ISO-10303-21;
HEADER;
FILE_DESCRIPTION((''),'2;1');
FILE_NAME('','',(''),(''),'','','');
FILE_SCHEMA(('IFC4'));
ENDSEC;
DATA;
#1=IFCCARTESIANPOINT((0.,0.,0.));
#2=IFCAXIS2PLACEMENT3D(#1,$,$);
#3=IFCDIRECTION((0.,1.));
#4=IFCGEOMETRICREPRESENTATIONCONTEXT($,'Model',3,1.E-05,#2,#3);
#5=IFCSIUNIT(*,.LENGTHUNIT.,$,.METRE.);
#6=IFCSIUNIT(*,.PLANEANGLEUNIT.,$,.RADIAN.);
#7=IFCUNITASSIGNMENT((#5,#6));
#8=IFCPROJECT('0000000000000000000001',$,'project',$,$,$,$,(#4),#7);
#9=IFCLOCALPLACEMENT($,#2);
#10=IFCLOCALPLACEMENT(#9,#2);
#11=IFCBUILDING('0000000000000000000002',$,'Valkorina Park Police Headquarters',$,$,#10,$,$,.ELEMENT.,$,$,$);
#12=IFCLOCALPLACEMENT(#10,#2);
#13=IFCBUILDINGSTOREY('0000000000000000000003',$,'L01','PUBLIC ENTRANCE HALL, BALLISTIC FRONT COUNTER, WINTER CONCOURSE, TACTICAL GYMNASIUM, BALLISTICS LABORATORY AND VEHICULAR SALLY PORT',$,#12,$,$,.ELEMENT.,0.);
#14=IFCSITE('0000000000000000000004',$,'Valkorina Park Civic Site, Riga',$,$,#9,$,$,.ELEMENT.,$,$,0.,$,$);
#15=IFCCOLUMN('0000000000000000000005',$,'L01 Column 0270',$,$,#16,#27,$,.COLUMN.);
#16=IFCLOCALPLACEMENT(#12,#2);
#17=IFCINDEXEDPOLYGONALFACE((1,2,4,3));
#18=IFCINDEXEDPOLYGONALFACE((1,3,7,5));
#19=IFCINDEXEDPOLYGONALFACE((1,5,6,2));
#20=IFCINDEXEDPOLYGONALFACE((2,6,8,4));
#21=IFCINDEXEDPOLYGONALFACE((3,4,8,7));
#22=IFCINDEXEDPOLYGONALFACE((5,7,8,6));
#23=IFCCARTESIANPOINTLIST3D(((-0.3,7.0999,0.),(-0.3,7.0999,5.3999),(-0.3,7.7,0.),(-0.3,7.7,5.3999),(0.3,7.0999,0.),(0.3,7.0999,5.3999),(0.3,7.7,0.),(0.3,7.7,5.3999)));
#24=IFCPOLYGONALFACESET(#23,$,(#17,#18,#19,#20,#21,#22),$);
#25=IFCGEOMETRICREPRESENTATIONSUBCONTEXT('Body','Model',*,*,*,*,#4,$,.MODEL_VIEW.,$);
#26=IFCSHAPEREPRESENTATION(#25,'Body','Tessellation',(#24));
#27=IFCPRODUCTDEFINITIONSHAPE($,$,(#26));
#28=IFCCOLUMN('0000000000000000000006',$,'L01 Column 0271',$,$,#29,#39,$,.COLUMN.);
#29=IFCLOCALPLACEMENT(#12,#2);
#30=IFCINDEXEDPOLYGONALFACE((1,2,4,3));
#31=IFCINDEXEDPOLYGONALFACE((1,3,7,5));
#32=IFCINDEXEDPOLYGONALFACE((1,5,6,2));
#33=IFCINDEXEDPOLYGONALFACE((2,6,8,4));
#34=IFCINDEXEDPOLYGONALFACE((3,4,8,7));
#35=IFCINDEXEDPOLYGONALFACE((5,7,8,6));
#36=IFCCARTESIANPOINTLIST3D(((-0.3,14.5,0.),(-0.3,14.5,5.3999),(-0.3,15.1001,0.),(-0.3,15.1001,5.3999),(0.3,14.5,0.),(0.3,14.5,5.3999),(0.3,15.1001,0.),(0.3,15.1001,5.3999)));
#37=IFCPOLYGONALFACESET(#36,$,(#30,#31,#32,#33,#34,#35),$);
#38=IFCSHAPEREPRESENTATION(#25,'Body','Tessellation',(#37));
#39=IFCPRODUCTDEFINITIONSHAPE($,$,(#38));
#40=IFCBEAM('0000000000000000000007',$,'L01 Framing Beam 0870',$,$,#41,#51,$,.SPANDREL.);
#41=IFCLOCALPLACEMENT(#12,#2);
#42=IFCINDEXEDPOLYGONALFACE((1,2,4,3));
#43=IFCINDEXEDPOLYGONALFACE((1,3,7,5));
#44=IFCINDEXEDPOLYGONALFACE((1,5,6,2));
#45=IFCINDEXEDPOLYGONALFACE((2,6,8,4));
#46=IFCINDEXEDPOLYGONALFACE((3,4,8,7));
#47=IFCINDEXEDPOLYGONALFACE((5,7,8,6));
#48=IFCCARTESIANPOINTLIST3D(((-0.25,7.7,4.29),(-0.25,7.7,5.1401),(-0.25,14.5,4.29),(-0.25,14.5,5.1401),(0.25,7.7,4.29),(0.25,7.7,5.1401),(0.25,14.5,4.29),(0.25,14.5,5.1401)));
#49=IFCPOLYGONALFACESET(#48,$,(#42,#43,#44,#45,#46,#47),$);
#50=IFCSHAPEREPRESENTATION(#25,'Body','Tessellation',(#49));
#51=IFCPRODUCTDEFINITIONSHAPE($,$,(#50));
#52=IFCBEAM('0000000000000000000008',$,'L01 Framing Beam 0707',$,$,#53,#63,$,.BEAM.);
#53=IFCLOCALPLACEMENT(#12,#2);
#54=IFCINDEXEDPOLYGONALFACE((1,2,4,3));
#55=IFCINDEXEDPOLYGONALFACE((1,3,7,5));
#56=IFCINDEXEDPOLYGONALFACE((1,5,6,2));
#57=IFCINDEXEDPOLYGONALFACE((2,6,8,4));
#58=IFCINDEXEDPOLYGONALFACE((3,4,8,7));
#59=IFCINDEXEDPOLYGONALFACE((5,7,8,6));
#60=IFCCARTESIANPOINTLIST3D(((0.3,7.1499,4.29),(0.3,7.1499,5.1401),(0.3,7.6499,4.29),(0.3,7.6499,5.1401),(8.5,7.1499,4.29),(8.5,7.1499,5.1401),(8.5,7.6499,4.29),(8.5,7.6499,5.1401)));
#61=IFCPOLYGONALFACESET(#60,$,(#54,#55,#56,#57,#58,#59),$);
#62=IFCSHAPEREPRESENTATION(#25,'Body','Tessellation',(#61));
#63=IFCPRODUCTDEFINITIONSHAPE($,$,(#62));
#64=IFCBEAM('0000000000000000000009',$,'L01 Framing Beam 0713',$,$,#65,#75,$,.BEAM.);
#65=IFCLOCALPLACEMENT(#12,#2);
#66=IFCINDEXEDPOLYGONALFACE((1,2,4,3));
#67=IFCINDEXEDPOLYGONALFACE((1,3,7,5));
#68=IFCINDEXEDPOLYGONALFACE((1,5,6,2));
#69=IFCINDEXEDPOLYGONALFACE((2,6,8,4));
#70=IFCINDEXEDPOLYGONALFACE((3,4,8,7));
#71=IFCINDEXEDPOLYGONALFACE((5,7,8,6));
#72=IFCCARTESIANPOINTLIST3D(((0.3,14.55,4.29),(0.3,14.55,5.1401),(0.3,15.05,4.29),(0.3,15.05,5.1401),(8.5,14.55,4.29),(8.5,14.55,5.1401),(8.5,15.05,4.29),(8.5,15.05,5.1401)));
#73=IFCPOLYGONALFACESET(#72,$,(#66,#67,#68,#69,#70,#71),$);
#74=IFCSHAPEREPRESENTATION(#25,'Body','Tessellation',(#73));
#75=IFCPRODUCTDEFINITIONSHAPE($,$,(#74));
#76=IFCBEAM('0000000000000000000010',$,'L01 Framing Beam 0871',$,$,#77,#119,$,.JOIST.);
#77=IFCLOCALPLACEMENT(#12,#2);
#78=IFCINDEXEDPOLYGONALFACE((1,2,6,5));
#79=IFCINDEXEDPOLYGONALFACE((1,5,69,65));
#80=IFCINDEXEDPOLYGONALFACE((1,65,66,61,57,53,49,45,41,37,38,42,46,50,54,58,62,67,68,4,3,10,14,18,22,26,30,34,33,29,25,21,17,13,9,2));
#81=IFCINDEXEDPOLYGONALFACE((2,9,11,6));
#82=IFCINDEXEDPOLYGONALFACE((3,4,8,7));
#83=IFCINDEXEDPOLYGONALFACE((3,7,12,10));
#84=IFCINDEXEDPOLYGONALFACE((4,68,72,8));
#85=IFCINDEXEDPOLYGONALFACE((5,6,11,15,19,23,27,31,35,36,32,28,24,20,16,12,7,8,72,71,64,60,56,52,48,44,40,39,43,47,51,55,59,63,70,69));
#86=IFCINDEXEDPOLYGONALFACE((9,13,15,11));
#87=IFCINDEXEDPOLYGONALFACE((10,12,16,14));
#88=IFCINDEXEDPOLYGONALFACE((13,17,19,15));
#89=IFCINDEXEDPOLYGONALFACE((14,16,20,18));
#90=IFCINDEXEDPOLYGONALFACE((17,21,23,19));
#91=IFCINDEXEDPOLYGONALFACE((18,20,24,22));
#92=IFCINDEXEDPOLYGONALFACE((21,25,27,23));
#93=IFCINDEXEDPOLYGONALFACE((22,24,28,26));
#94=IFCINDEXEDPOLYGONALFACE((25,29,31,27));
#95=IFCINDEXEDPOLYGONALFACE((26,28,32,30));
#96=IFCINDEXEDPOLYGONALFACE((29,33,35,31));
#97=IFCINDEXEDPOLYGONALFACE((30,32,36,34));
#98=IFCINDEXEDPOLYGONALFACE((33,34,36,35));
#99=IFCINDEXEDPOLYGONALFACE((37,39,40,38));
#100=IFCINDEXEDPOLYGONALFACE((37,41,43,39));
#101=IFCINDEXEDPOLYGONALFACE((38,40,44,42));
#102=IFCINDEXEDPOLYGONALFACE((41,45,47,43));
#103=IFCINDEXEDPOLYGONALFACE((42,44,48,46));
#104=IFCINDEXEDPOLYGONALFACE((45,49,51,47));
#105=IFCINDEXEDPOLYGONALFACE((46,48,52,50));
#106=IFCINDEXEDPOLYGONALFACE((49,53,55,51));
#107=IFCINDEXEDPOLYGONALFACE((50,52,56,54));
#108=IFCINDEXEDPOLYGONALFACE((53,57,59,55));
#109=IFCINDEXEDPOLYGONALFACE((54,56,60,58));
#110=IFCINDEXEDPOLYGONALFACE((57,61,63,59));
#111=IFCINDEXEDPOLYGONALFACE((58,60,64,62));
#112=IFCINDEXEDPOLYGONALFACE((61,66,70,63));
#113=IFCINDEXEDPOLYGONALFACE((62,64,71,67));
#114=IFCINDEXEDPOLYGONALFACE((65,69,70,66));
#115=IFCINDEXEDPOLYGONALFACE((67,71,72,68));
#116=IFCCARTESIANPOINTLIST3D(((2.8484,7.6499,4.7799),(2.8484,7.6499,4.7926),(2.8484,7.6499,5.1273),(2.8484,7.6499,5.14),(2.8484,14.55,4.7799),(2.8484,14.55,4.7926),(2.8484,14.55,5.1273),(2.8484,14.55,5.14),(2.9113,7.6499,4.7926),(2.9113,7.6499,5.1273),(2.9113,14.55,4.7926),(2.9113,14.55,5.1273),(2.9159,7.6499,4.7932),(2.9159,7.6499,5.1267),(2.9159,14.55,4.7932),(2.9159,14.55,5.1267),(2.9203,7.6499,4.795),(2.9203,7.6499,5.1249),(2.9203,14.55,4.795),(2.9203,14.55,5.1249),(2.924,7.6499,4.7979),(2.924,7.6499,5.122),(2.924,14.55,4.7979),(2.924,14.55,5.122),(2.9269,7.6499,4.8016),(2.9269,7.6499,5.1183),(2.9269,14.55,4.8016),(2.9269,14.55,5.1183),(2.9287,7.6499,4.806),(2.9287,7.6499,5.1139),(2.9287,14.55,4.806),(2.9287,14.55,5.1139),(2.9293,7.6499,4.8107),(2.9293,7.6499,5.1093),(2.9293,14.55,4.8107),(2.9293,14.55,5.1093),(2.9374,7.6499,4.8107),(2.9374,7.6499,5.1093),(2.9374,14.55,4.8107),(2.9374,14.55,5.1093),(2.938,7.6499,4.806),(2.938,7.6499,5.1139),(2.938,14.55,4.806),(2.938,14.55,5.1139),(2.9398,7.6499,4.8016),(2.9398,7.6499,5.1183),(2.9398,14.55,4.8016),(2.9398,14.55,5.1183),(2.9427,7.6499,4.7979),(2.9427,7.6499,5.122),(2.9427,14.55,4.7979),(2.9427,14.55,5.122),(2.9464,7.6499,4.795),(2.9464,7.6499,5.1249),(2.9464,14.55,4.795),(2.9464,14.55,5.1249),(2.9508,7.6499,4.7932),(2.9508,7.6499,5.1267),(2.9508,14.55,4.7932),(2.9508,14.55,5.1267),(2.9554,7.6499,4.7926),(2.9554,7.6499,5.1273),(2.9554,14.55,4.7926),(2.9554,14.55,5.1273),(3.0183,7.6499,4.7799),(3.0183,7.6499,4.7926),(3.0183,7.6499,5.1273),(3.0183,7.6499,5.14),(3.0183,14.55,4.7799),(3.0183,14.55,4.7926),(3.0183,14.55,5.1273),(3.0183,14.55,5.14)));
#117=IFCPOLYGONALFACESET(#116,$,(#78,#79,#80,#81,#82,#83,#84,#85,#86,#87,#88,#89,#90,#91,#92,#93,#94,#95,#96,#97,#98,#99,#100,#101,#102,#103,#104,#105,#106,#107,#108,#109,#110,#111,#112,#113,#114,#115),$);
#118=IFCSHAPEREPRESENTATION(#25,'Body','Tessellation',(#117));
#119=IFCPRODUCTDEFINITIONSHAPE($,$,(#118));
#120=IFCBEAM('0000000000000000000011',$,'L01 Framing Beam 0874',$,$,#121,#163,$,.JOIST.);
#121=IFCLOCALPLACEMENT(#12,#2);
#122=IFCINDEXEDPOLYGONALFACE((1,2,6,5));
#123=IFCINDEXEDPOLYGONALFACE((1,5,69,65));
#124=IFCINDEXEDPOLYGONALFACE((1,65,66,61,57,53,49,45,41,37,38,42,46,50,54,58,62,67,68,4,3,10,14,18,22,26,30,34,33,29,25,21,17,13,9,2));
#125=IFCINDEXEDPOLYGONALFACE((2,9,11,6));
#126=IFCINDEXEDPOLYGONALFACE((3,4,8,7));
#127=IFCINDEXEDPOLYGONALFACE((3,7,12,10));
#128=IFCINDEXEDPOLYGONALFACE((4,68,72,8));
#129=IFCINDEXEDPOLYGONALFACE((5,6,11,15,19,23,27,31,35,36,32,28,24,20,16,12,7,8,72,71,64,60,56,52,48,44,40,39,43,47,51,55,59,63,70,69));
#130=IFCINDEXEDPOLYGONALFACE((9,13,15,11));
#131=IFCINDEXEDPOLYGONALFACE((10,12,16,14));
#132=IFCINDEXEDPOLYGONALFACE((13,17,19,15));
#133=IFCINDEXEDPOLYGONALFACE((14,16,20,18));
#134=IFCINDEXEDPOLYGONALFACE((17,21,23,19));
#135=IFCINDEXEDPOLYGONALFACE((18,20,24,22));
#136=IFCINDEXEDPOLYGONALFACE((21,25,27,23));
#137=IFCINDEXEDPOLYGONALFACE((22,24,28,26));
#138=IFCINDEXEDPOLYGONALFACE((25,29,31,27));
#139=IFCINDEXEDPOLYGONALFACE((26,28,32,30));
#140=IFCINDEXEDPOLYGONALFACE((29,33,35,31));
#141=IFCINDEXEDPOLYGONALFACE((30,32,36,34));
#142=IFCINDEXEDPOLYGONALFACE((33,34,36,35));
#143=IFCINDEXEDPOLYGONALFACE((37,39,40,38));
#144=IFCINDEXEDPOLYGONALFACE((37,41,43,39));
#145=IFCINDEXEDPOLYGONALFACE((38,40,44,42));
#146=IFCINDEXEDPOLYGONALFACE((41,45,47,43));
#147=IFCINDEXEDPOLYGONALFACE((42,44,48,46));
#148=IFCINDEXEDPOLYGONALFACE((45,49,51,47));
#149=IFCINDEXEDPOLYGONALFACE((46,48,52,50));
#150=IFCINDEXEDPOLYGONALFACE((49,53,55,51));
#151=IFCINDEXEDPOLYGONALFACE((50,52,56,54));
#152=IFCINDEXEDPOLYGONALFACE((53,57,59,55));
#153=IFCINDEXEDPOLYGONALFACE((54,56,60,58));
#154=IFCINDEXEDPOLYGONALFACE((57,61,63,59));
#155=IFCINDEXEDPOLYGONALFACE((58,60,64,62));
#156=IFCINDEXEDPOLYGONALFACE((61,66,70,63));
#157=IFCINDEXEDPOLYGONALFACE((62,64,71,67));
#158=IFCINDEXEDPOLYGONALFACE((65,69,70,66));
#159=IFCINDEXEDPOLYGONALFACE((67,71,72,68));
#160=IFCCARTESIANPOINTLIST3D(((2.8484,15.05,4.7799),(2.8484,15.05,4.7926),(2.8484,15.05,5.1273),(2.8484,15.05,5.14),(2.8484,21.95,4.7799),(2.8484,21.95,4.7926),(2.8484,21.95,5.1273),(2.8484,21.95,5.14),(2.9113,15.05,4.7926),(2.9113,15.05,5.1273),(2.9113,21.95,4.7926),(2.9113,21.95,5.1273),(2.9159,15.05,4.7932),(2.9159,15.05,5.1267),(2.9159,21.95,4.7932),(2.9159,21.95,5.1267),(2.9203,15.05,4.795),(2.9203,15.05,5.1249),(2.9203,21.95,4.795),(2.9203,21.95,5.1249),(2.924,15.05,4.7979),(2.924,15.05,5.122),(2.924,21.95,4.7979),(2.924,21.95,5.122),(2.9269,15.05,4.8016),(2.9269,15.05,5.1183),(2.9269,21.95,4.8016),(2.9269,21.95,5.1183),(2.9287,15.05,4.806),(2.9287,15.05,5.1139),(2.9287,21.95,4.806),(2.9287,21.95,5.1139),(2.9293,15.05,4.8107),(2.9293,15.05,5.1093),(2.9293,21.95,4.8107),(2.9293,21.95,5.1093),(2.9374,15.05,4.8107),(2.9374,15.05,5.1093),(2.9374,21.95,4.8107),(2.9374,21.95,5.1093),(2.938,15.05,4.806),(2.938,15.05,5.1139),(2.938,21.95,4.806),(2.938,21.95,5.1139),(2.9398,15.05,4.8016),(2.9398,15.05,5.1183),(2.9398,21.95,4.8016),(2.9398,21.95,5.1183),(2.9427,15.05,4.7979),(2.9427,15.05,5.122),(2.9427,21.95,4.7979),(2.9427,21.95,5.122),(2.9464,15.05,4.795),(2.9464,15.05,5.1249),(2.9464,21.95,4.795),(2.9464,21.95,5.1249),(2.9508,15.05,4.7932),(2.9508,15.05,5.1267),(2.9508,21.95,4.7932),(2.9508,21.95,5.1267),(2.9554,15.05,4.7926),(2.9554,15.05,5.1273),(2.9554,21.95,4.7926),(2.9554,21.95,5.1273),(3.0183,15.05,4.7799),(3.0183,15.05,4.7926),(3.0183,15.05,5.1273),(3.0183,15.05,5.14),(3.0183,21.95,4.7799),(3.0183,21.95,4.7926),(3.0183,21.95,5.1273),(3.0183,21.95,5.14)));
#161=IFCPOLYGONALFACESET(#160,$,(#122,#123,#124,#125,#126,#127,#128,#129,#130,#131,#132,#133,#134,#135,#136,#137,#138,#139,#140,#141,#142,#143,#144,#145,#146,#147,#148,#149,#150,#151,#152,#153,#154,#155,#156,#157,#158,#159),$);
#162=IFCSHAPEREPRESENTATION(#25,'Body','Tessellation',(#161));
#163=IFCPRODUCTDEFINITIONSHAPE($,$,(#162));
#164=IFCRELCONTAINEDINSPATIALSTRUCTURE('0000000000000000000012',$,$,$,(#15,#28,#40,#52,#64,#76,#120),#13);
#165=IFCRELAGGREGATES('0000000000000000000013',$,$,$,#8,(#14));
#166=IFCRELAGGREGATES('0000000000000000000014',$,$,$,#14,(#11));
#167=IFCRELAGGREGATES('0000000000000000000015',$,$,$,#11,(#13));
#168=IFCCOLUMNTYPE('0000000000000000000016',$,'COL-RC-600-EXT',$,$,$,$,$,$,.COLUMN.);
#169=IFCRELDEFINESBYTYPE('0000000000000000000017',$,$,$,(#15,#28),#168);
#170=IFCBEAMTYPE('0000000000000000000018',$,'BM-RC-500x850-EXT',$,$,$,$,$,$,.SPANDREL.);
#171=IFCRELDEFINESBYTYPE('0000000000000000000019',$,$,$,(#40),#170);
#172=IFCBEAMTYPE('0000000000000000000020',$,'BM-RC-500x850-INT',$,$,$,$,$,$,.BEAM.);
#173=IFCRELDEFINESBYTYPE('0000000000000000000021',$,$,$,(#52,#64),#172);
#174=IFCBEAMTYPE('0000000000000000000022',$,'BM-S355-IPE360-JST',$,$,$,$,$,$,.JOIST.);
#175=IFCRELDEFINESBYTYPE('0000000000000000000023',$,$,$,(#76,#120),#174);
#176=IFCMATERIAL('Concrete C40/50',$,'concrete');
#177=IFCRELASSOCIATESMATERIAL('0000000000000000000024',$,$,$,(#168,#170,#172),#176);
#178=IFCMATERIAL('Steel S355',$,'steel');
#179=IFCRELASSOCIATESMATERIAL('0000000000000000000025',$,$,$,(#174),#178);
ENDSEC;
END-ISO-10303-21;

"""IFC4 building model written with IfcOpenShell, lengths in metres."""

from ifc_helpers import new_model, si_unit, direction, frame, origin, origin_2d, place, context, subcontext, project, spatial, rectangle, i_section, extrude, material, material_profile, profile_set, type_object, element, save


model = new_model("IFC4")

# Units and contexts
model_context = context("Model", 3, precision=1e-05, world=origin(), true_north=direction((0.0, 1.0)))
body_context = subcontext(model_context, "Body", "Model", "MODEL_VIEW")
ifc_project = project(units=[si_unit("LENGTHUNIT", "METRE"), si_unit("PLANEANGLEUNIT", "RADIAN")], contexts=[model_context])

# Site, building, storey
site_placement = place(None, origin())
site = spatial("IfcSite", under=ifc_project, at=site_placement, Name="Valkorina Park Civic Site, Riga", CompositionType="ELEMENT", RefElevation=0.0)
building_placement = place(site_placement, origin())
building = spatial("IfcBuilding", under=site, at=building_placement, Name="Valkorina Park Police Headquarters", CompositionType="ELEMENT")
storey_placement = place(building_placement, origin())
storey = spatial("IfcBuildingStorey", under=building, at=storey_placement, Name="L01", Description="PUBLIC ENTRANCE HALL, BALLISTIC FRONT COUNTER, WINTER CONCOURSE, TACTICAL GYMNASIUM, BALLISTICS LABORATORY AND VEHICULAR SALLY PORT", CompositionType="ELEMENT", Elevation=0.0)

# Columns
ifc_material_1 = material(Name="Concrete C40/50", Category="concrete")
ifc_material_profile_1 = material_profile(ifc_material_1, rectangle(XDim=0.6001, YDim=0.6001, at=origin_2d()), Name="RC COL 600x600")
ifc_profile_set_1 = profile_set([ifc_material_profile_1], Name="Concrete C40/50")
column_type = type_object("IfcColumnType", Name="COL-RC-600-EXT", PredefinedType="COLUMN", material=ifc_profile_set_1)
for number, where, z_axis, x_axis, name in (
    (1, (0.0, 7.3999, 0.0), (0.0, 0.0, 1.0), (1.0, 0.0, 0.0), "L01 Column 0270"),
    (2, (0.0, 14.8, 0.0), (0.0, 0.0, 1.0), (1.0, 0.0, 0.0), "L01 Column 0271"),
):
    element("IfcColumn", number, at=place(storey_placement, frame(where, z_axis=z_axis, x_axis=x_axis)), inside=storey, type_object=column_type, Name=name, PredefinedType="COLUMN", context=body_context, shape_type="SweptSolid", body=[
        extrude(rectangle(XDim=0.6001, YDim=0.6001, at=origin_2d()), origin(), (0.0, 0.0, 1.0), 5.3999),
    ])

# Beams
ifc_material_profile_2 = material_profile(ifc_material_1, rectangle(XDim=0.5, YDim=0.8501, at=origin_2d()), Name="RC BEAM 500x850")
ifc_profile_set_2 = profile_set([ifc_material_profile_2], Name="Concrete C40/50")
beam_type_1 = type_object("IfcBeamType", Name="BM-RC-500x850-EXT", PredefinedType="SPANDREL", material=ifc_profile_set_2)
beam_1_placement = place(storey_placement, frame((0.0, 7.7, 4.7151), z_axis=(0.0, 1.0, 0.0), x_axis=(-1.0, 0.0, 0.0)))
element("IfcBeam", 3, at=beam_1_placement, inside=storey, type_object=beam_type_1, Name="L01 Framing Beam 0870", PredefinedType="SPANDREL", context=body_context, shape_type="SweptSolid", body=[
    extrude(rectangle(XDim=0.5, YDim=0.8501, at=origin_2d()), origin(), (0.0, 0.0, 1.0), 6.8),
])
ifc_material_profile_3 = material_profile(ifc_material_1, rectangle(XDim=0.5, YDim=0.8501, at=origin_2d()), Name="RC BEAM 500x850")
ifc_profile_set_3 = profile_set([ifc_material_profile_3], Name="Concrete C40/50")
beam_type_2 = type_object("IfcBeamType", Name="BM-RC-500x850-INT", PredefinedType="BEAM", material=ifc_profile_set_3)
for number, where, z_axis, x_axis, name in (
    (4, (0.3, 7.3999, 4.7151), (1.0, 0.0, 0.0), (0.0, 1.0, 0.0), "L01 Framing Beam 0707"),
    (5, (0.3, 14.8, 4.7151), (1.0, 0.0, 0.0), (0.0, 1.0, 0.0), "L01 Framing Beam 0713"),
):
    element("IfcBeam", number, at=place(storey_placement, frame(where, z_axis=z_axis, x_axis=x_axis)), inside=storey, type_object=beam_type_2, Name=name, PredefinedType="BEAM", context=body_context, shape_type="SweptSolid", body=[
        extrude(rectangle(XDim=0.5, YDim=0.8501, at=origin_2d()), origin(), (0.0, 0.0, 1.0), 8.2),
    ])
ifc_material_2 = material(Name="Steel S355", Category="steel")
ifc_material_profile_4 = material_profile(ifc_material_2, i_section(OverallWidth=0.1699, OverallDepth=0.3601, WebThickness=0.0081, FlangeThickness=0.0127, FilletRadius=0.0181, at=origin_2d()), Name="IPE 360")
ifc_profile_set_4 = profile_set([ifc_material_profile_4], Name="Steel S355")
beam_type_3 = type_object("IfcBeamType", Name="BM-S355-IPE360-JST", PredefinedType="JOIST", material=ifc_profile_set_4)
beam_2_placement = place(storey_placement, frame((2.9333, 7.6499, 4.96), z_axis=(0.0, 1.0, 0.0), x_axis=(-1.0, 0.0, 0.0)))
element("IfcBeam", 6, at=beam_2_placement, inside=storey, type_object=beam_type_3, Name="L01 Framing Beam 0871", PredefinedType="JOIST", context=body_context, shape_type="SweptSolid", body=[
    extrude(i_section(OverallWidth=0.1699, OverallDepth=0.3601, WebThickness=0.0081, FlangeThickness=0.0127, FilletRadius=0.0181, at=origin_2d()), origin(), (0.0, 0.0, 1.0), 6.9001),
])
beam_3_placement = place(storey_placement, frame((2.9333, 15.05, 4.96), z_axis=(0.0, 1.0, 0.0), x_axis=(-1.0, 0.0, 0.0)))
element("IfcBeam", 7, at=beam_3_placement, inside=storey, type_object=beam_type_3, Name="L01 Framing Beam 0874", PredefinedType="JOIST", context=body_context, shape_type="SweptSolid", body=[
    extrude(i_section(OverallWidth=0.1699, OverallDepth=0.3601, WebThickness=0.0081, FlangeThickness=0.0127, FilletRadius=0.0181, at=origin_2d()), origin(), (0.0, 0.0, 1.0), 6.8999),
])

save(model, "model.ifc")
